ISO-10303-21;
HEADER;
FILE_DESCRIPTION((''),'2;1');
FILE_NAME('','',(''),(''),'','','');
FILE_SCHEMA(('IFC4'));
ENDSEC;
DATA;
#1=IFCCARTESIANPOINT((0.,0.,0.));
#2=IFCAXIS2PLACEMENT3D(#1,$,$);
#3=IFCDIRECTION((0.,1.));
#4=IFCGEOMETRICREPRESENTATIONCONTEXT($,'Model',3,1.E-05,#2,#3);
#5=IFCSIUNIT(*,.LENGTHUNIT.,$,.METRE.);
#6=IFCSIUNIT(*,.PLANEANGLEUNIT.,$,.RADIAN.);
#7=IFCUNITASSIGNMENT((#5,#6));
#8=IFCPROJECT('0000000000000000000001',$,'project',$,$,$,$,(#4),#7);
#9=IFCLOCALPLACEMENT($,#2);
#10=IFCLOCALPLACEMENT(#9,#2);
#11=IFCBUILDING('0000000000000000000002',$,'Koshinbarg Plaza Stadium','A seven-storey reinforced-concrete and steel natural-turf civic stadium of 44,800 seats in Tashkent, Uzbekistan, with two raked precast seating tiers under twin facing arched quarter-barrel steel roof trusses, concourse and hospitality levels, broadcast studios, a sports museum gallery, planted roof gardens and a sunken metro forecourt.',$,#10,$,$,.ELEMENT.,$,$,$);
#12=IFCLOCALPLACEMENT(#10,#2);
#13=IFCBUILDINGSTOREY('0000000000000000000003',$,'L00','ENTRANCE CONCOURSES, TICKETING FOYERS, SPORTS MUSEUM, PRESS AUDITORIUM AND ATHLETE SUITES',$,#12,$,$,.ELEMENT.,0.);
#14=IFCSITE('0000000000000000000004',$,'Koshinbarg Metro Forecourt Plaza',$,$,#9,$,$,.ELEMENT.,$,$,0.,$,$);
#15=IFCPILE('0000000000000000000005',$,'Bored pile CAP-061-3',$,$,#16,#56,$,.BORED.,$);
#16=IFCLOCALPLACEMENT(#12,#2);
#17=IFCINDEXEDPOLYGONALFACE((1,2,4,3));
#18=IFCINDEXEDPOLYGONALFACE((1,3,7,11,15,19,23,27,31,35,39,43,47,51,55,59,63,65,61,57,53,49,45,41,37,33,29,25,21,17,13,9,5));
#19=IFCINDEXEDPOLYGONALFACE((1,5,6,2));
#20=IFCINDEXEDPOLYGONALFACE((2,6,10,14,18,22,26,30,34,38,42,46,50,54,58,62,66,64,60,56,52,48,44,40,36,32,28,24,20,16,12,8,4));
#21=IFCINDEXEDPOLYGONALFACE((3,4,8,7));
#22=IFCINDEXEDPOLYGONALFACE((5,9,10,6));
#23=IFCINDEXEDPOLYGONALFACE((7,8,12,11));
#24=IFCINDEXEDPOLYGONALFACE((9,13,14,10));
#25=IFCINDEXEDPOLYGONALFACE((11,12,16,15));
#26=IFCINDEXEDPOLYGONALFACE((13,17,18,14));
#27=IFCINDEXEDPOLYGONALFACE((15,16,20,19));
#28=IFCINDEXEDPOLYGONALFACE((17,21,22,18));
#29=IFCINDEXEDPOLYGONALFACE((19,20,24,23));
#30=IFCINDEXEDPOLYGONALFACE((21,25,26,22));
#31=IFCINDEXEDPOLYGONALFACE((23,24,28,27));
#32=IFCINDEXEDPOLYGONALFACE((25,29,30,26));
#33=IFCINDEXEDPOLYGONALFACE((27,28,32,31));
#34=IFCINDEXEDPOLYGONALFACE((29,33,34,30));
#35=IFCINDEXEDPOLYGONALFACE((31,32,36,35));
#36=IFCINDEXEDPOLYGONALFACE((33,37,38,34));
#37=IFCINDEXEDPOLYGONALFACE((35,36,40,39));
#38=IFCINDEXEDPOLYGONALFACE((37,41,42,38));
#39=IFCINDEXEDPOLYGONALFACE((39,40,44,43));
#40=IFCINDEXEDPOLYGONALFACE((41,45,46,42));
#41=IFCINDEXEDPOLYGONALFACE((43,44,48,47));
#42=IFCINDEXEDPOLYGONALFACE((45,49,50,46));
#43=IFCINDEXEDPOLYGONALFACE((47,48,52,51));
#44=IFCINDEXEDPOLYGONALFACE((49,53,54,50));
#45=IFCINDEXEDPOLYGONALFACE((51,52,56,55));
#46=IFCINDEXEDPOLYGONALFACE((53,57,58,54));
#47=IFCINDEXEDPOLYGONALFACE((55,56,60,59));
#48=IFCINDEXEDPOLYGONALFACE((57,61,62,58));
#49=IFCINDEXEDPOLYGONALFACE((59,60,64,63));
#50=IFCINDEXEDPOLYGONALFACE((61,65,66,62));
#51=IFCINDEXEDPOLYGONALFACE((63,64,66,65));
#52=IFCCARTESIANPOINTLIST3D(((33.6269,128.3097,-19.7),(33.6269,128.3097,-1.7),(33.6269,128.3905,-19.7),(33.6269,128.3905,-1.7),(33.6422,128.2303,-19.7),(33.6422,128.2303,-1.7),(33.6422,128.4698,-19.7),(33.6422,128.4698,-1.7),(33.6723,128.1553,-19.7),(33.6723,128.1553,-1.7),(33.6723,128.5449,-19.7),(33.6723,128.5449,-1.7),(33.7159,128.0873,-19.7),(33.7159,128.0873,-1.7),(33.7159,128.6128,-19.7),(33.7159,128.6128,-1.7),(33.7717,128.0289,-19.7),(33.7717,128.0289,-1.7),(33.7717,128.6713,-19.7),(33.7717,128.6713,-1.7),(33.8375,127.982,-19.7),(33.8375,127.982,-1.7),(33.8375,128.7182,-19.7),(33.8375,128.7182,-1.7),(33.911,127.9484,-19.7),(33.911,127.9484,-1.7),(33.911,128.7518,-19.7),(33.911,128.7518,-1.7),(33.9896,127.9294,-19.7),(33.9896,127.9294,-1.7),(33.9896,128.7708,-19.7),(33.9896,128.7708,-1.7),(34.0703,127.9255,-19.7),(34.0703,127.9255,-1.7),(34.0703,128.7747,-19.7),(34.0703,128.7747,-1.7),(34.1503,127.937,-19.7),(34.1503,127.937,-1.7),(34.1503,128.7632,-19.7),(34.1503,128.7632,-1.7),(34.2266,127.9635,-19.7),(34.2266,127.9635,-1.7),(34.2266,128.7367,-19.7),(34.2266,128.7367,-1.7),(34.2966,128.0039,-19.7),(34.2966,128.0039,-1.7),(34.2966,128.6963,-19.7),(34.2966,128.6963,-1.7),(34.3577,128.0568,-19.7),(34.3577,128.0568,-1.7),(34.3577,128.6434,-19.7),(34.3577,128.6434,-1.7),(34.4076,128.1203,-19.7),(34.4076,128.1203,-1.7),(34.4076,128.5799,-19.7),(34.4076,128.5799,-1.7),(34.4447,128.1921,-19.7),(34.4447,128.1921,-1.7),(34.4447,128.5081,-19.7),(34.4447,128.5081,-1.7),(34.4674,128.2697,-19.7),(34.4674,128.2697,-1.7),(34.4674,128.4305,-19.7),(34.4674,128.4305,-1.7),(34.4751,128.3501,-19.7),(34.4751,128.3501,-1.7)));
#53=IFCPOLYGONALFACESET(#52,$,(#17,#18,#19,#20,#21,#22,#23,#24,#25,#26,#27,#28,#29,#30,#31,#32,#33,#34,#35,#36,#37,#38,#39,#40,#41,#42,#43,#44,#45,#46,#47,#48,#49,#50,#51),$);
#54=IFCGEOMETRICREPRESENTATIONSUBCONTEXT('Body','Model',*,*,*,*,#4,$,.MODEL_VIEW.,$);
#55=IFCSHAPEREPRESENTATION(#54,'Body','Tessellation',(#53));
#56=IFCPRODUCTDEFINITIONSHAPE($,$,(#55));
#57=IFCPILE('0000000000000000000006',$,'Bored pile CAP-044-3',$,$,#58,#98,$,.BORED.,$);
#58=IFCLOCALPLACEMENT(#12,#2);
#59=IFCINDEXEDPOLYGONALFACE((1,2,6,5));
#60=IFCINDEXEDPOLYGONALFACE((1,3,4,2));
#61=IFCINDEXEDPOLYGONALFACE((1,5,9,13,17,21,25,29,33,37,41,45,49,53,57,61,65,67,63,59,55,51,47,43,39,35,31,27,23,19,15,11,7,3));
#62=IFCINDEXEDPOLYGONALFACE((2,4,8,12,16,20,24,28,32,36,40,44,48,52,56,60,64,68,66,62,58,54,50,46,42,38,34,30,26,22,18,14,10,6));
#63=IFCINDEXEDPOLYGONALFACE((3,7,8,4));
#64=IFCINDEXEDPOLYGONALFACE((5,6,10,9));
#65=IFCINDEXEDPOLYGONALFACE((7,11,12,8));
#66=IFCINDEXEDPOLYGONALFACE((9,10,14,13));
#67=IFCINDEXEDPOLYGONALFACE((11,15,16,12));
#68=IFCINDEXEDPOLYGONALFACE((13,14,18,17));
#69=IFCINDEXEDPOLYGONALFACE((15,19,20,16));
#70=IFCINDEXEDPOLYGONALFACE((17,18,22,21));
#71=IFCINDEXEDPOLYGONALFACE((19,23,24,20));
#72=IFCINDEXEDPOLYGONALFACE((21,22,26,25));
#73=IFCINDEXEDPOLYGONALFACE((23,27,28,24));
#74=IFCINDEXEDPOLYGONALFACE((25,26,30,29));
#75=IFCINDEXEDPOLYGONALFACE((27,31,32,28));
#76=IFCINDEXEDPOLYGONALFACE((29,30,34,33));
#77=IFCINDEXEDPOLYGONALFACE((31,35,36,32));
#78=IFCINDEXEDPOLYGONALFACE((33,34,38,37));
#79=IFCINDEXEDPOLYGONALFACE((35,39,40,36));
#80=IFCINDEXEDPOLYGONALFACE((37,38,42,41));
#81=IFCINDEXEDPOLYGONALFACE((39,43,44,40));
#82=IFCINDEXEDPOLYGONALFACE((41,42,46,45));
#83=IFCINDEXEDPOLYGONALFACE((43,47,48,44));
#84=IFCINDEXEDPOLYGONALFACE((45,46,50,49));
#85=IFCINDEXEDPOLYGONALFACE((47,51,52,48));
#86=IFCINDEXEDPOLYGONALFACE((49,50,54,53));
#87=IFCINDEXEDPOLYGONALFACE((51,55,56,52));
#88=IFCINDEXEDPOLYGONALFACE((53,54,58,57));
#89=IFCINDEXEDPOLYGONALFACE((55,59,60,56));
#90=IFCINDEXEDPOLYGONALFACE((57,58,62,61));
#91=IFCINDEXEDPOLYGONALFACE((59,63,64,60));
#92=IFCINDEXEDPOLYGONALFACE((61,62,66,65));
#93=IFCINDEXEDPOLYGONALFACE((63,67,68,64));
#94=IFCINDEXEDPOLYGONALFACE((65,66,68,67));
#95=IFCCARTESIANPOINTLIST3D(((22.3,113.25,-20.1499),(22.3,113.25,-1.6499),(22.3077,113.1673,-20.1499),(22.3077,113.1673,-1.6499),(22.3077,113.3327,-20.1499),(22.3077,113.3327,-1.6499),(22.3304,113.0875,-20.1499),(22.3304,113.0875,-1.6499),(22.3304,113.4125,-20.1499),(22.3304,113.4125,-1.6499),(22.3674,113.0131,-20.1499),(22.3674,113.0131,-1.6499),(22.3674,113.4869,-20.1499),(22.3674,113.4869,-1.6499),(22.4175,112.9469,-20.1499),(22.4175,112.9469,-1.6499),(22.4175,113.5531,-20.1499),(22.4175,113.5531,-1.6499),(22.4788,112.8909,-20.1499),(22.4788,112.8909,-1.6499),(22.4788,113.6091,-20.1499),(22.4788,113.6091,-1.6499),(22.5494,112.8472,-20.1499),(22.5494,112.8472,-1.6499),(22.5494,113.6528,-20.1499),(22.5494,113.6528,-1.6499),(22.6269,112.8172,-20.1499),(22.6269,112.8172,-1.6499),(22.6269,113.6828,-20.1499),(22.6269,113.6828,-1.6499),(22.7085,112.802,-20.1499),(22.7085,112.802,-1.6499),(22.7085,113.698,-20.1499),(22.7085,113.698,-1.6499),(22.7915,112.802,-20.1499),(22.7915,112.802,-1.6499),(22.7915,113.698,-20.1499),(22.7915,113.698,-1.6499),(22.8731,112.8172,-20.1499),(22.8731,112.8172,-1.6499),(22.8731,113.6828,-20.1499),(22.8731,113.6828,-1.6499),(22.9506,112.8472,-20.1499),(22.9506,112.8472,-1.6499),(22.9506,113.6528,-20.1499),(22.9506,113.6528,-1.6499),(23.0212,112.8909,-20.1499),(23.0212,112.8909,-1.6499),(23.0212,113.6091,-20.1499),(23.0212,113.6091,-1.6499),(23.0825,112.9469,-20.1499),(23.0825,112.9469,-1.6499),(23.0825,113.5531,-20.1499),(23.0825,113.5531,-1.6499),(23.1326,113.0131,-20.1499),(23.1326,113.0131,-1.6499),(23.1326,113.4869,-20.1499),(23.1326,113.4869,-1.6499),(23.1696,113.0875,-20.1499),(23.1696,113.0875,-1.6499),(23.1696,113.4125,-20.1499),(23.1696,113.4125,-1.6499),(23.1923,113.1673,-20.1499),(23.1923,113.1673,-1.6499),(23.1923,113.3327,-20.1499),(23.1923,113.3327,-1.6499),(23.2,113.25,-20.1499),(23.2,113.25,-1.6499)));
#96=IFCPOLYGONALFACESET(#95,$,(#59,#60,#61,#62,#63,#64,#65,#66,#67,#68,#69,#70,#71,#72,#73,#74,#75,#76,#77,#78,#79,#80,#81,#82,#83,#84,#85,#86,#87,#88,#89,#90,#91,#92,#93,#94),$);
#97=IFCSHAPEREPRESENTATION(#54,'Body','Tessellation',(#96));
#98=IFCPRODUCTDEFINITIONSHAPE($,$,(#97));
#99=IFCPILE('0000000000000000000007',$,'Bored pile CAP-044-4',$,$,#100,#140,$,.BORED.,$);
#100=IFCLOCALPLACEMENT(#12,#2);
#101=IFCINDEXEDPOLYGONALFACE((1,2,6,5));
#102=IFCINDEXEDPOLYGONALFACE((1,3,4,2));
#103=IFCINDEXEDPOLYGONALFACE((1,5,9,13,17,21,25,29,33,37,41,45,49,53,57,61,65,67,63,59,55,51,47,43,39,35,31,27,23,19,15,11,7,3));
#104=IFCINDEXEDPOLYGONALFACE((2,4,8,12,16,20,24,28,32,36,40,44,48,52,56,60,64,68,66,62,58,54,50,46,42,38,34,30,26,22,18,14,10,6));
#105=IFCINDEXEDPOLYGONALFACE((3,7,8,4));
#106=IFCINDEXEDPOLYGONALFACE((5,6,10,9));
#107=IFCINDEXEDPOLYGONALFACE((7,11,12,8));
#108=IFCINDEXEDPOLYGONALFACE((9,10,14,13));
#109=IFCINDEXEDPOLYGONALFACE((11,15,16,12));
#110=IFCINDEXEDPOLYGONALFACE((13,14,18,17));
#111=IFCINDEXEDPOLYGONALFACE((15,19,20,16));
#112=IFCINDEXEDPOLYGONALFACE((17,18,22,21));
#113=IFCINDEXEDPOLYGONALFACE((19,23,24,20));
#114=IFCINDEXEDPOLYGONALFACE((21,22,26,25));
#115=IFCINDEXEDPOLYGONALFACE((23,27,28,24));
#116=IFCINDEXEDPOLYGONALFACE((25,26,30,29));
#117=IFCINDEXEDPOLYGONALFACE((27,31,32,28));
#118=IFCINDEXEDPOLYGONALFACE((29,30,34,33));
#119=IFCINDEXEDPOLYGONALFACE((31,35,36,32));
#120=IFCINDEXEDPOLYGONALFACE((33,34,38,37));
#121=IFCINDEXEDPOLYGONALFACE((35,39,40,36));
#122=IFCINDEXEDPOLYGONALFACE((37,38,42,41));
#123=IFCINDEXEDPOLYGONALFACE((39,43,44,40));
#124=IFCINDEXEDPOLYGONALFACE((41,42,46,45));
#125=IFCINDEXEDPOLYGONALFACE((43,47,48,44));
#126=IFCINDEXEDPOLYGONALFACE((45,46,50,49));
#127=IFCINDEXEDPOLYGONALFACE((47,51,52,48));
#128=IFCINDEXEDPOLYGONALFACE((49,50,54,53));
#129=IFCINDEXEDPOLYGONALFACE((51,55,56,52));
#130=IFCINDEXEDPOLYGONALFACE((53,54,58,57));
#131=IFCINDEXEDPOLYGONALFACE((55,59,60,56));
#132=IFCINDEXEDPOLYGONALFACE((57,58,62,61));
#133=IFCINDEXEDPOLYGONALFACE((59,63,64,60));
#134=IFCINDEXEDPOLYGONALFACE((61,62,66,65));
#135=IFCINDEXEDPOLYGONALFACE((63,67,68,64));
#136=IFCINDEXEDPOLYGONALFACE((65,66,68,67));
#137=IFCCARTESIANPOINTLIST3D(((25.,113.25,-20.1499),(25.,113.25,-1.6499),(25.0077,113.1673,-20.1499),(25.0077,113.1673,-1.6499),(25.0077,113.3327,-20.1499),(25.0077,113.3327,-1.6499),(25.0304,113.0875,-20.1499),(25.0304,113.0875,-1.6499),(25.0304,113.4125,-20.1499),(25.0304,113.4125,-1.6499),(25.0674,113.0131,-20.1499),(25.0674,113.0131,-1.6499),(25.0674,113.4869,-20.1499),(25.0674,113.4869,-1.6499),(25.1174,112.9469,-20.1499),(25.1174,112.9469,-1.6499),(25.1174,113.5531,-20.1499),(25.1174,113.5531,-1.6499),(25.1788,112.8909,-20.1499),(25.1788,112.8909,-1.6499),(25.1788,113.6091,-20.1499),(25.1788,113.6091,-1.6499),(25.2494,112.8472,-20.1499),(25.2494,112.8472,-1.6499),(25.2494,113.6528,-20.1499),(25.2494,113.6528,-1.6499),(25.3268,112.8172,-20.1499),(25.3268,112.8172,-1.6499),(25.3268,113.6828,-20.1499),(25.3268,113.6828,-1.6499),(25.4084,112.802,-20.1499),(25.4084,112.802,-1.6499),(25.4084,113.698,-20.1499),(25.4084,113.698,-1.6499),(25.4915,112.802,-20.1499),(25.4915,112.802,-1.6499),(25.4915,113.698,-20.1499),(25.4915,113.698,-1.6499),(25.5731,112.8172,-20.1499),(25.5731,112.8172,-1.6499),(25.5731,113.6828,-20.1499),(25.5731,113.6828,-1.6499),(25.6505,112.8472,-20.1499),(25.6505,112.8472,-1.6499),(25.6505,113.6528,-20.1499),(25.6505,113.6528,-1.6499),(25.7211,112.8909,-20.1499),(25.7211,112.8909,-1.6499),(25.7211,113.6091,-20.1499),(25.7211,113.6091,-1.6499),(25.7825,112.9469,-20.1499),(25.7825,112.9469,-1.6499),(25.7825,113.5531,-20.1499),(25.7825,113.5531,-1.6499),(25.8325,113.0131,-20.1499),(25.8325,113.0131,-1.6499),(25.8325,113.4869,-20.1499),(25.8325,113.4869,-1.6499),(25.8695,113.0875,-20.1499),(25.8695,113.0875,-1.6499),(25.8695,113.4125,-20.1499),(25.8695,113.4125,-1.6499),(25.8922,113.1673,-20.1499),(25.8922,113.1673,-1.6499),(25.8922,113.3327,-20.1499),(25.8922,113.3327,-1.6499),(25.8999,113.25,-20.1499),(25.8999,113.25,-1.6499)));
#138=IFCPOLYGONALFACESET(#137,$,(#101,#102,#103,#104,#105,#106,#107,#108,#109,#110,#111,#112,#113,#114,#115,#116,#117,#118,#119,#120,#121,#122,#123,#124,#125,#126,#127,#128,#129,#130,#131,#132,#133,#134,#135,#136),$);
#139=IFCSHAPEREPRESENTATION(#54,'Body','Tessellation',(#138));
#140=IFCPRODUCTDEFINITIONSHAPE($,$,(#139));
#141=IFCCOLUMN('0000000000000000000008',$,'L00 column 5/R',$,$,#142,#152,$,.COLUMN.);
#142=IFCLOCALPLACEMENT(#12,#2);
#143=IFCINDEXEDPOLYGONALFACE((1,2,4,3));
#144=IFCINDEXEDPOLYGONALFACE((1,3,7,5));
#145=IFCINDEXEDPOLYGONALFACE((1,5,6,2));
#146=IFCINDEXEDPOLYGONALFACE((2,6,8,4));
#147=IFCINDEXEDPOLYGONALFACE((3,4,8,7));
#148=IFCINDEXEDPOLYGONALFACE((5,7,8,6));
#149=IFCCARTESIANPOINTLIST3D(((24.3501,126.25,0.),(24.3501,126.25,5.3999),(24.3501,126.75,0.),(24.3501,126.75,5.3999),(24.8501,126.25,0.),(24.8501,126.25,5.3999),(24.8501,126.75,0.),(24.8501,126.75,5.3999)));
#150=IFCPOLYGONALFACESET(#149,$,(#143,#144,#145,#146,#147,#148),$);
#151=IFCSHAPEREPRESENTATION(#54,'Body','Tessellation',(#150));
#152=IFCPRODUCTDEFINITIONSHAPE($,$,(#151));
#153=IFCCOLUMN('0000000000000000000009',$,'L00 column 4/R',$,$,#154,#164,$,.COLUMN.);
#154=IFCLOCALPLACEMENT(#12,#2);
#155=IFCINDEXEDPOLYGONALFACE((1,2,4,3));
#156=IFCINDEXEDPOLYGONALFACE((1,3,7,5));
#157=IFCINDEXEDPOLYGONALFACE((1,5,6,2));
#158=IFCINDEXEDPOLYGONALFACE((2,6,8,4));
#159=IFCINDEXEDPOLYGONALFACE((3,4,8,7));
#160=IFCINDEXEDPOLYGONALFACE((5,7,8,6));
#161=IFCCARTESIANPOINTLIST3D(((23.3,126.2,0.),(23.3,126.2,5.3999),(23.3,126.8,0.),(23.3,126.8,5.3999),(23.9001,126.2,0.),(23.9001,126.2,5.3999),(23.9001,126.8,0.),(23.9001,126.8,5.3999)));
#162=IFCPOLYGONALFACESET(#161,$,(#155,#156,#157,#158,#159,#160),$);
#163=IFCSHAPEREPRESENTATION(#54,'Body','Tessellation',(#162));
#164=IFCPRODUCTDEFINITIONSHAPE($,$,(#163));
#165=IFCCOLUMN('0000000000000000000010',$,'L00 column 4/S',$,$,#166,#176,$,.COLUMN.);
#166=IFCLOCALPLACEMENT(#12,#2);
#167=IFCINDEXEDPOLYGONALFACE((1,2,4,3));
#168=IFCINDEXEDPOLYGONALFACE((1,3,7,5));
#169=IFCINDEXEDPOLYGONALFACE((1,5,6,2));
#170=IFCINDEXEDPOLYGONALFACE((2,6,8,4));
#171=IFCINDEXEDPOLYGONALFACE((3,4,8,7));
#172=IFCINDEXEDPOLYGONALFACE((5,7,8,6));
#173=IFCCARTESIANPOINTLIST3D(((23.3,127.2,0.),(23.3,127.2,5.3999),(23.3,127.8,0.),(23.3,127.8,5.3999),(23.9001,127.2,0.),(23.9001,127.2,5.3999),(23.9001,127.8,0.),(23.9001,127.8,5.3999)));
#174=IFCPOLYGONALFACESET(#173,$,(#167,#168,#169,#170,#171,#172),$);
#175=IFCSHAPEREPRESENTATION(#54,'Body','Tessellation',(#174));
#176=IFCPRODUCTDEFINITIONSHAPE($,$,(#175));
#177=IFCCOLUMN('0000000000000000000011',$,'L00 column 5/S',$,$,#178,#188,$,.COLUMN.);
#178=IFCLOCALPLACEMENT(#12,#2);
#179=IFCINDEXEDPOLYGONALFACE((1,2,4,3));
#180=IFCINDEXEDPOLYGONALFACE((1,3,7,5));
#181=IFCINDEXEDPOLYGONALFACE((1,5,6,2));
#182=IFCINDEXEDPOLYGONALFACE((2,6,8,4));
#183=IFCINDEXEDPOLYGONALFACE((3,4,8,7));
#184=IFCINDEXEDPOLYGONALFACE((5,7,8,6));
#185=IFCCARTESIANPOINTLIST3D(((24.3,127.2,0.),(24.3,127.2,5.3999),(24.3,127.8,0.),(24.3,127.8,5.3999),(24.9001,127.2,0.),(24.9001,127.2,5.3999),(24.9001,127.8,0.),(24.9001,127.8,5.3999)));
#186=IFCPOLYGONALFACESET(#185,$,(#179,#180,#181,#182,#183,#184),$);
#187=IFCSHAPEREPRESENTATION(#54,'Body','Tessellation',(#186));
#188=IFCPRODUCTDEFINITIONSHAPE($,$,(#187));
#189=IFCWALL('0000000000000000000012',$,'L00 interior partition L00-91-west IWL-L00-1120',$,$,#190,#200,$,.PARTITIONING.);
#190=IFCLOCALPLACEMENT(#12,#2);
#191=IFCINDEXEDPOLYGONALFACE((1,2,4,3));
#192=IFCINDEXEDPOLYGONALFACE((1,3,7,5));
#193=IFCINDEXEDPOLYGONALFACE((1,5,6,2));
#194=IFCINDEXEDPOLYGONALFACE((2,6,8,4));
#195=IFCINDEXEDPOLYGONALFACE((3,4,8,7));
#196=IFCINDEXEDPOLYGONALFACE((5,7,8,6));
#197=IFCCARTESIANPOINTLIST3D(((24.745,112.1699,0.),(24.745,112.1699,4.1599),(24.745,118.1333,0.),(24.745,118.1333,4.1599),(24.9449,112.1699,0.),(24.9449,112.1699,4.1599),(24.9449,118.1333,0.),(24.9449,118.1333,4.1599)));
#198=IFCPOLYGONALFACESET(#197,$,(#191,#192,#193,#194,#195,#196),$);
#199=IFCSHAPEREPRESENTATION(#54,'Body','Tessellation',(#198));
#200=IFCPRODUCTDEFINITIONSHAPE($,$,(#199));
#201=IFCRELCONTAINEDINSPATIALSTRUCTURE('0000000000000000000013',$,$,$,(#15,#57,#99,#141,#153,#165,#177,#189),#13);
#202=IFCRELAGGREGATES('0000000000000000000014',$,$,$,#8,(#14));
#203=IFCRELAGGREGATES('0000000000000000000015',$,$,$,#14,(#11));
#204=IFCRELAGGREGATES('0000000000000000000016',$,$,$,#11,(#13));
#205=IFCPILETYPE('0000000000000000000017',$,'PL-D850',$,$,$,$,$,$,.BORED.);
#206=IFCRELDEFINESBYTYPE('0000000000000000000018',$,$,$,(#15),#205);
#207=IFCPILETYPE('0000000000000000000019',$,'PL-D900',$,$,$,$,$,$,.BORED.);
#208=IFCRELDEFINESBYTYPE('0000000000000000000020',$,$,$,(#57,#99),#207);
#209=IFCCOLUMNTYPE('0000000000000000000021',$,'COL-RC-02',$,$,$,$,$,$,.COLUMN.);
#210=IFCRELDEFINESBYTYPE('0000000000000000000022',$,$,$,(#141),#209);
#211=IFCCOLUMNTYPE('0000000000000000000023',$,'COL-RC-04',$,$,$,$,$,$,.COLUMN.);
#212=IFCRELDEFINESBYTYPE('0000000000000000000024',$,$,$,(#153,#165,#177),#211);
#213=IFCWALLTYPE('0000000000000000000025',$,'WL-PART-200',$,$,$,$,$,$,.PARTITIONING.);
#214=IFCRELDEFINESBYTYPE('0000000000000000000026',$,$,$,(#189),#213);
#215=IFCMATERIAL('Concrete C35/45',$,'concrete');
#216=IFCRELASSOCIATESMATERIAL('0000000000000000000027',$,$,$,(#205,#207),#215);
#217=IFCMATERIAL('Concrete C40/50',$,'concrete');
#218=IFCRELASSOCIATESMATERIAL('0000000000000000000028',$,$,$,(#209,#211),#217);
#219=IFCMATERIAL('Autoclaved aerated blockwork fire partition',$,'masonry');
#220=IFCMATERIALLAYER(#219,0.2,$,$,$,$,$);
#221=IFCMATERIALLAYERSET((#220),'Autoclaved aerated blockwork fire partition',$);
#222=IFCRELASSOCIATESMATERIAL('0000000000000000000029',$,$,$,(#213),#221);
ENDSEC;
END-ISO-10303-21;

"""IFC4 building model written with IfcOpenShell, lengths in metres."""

from ifc_helpers import new_model, si_unit, direction, frame, frame_2d, origin, origin_2d, place, context, subcontext, project, spatial, rectangle, circle, extrude, material, layer, layer_set, material_profile, profile_set, type_object, element, save


model = new_model("IFC4")

# Units and contexts
model_context = context("Model", 3, precision=1e-05, world=origin(), true_north=direction((0.0, 1.0)))
body_context = subcontext(model_context, "Body", "Model", "MODEL_VIEW")
ifc_project = project(units=[si_unit("LENGTHUNIT", "METRE"), si_unit("PLANEANGLEUNIT", "RADIAN")], contexts=[model_context])

# Site, building, storey
site_placement = place(None, origin())
site = spatial("IfcSite", under=ifc_project, at=site_placement, Name="Koshinbarg Metro Forecourt Plaza", CompositionType="ELEMENT", RefElevation=0.0)
building_placement = place(site_placement, origin())
building = spatial("IfcBuilding", under=site, at=building_placement, Name="Koshinbarg Plaza Stadium", Description="A seven-storey reinforced-concrete and steel natural-turf civic stadium of 44,800 seats in Tashkent, Uzbekistan, with two raked precast seating tiers under twin facing arched quarter-barrel steel roof trusses, concourse and hospitality levels, broadcast studios, a sports museum gallery, planted roof gardens and a sunken metro forecourt.", CompositionType="ELEMENT")
storey_placement = place(building_placement, origin())
storey = spatial("IfcBuildingStorey", under=building, at=storey_placement, Name="L00", Description="ENTRANCE CONCOURSES, TICKETING FOYERS, SPORTS MUSEUM, PRESS AUDITORIUM AND ATHLETE SUITES", CompositionType="ELEMENT", Elevation=0.0)

# Shared definitions
ifc_material_1 = material(Name="Concrete C35/45", Category="concrete")

# Piles
ifc_material_profile_1 = material_profile(ifc_material_1, circle(Radius=0.425, at=origin_2d()), Name="PILE D850")
ifc_profile_set_1 = profile_set([ifc_material_profile_1], Name="Concrete C35/45")
pile_type_1 = type_object("IfcPileType", Name="PL-D850", PredefinedType="BORED", material=ifc_profile_set_1)
for number, where, z_axis, x_axis, name in (
    (1, (34.05, 128.3501, -1.7), (0.0, 0.0, -1.0), (1.0, 0.0, 0.0), "Bored pile CAP-061-3"),
):
    element("IfcPile", number, at=place(storey_placement, frame(where, z_axis=z_axis, x_axis=x_axis)), inside=storey, type_object=pile_type_1, Name=name, PredefinedType="BORED", context=body_context, shape_type="SweptSolid", body=[
        extrude(circle(Radius=0.425, at=origin_2d()), origin(), (0.0, 0.0, 1.0), 18.0),
    ])
ifc_material_profile_2 = material_profile(ifc_material_1, circle(Radius=0.45, at=origin_2d()), Name="PILE D900")
ifc_profile_set_2 = profile_set([ifc_material_profile_2], Name="Concrete C35/45")
pile_type_2 = type_object("IfcPileType", Name="PL-D900", PredefinedType="BORED", material=ifc_profile_set_2)
for number, where, z_axis, x_axis, name in (
    (2, (22.75, 113.25, -1.6499), (0.0, 0.0, -1.0), (1.0, 0.0, 0.0), "Bored pile CAP-044-3"),
    (3, (25.45, 113.25, -1.6499), (0.0, 0.0, -1.0), (1.0, 0.0, 0.0), "Bored pile CAP-044-4"),
):
    element("IfcPile", number, at=place(storey_placement, frame(where, z_axis=z_axis, x_axis=x_axis)), inside=storey, type_object=pile_type_2, Name=name, PredefinedType="BORED", context=body_context, shape_type="SweptSolid", body=[
        extrude(circle(Radius=0.45, at=origin_2d()), origin(), (0.0, 0.0, 1.0), 18.5),
    ])

# Columns
ifc_material_2 = material(Name="Concrete C40/50", Category="concrete")
ifc_material_profile_3 = material_profile(ifc_material_2, rectangle(XDim=0.5, YDim=0.5, at=origin_2d()), Name="RC 500x500")
ifc_profile_set_3 = profile_set([ifc_material_profile_3], Name="Concrete C40/50")
column_type_1 = type_object("IfcColumnType", Name="COL-RC-02", PredefinedType="COLUMN", material=ifc_profile_set_3)
column_placement = place(storey_placement, frame((24.6001, 126.5, 0.0), z_axis=(0.0, 0.0, 1.0), x_axis=(1.0, 0.0, 0.0)))
element("IfcColumn", 4, at=column_placement, inside=storey, type_object=column_type_1, Name="L00 column 5/R", PredefinedType="COLUMN", context=body_context, shape_type="SweptSolid", body=[
    extrude(rectangle(XDim=0.5, YDim=0.5, at=origin_2d()), origin(), (0.0, 0.0, 1.0), 5.3999),
])
ifc_material_profile_4 = material_profile(ifc_material_2, rectangle(XDim=0.6001, YDim=0.6001, at=origin_2d()), Name="RC 600x600")
ifc_profile_set_4 = profile_set([ifc_material_profile_4], Name="Concrete C40/50")
column_type_2 = type_object("IfcColumnType", Name="COL-RC-04", PredefinedType="COLUMN", material=ifc_profile_set_4)
for number, where, z_axis, x_axis, name in (
    (5, (23.6001, 126.5, 0.0), (0.0, 0.0, 1.0), (1.0, 0.0, 0.0), "L00 column 4/R"),
    (6, (23.6001, 127.5, 0.0), (0.0, 0.0, 1.0), (1.0, 0.0, 0.0), "L00 column 4/S"),
    (7, (24.6001, 127.5, 0.0), (0.0, 0.0, 1.0), (1.0, 0.0, 0.0), "L00 column 5/S"),
):
    element("IfcColumn", number, at=place(storey_placement, frame(where, z_axis=z_axis, x_axis=x_axis)), inside=storey, type_object=column_type_2, Name=name, PredefinedType="COLUMN", context=body_context, shape_type="SweptSolid", body=[
        extrude(rectangle(XDim=0.6001, YDim=0.6001, at=origin_2d()), origin(), (0.0, 0.0, 1.0), 5.3999),
    ])

# Wall
ifc_material_3 = material(Name="Autoclaved aerated blockwork fire partition", Category="masonry")
ifc_layer = layer(ifc_material_3, 0.2)
ifc_layer_set = layer_set([ifc_layer], Name="Autoclaved aerated blockwork fire partition")
wall_type = type_object("IfcWallType", Name="WL-PART-200", PredefinedType="PARTITIONING", material=ifc_layer_set)
wall_1_placement = place(storey_placement, frame((24.845, 118.1333, 0.0), z_axis=(0.0, 0.0, 1.0), x_axis=(0.0, -1.0, 0.0)))
element("IfcWall", 8, at=wall_1_placement, inside=storey, type_object=wall_type, Name="L00 interior partition L00-91-west IWL-L00-1120", PredefinedType="PARTITIONING", context=body_context, shape_type="SweptSolid", body=[
    extrude(rectangle(XDim=5.9634, YDim=0.2, at=frame_2d((2.9817, 0.0))), origin(), (0.0, 0.0, 1.0), 4.1599),
])

save(model, "model.ifc")
